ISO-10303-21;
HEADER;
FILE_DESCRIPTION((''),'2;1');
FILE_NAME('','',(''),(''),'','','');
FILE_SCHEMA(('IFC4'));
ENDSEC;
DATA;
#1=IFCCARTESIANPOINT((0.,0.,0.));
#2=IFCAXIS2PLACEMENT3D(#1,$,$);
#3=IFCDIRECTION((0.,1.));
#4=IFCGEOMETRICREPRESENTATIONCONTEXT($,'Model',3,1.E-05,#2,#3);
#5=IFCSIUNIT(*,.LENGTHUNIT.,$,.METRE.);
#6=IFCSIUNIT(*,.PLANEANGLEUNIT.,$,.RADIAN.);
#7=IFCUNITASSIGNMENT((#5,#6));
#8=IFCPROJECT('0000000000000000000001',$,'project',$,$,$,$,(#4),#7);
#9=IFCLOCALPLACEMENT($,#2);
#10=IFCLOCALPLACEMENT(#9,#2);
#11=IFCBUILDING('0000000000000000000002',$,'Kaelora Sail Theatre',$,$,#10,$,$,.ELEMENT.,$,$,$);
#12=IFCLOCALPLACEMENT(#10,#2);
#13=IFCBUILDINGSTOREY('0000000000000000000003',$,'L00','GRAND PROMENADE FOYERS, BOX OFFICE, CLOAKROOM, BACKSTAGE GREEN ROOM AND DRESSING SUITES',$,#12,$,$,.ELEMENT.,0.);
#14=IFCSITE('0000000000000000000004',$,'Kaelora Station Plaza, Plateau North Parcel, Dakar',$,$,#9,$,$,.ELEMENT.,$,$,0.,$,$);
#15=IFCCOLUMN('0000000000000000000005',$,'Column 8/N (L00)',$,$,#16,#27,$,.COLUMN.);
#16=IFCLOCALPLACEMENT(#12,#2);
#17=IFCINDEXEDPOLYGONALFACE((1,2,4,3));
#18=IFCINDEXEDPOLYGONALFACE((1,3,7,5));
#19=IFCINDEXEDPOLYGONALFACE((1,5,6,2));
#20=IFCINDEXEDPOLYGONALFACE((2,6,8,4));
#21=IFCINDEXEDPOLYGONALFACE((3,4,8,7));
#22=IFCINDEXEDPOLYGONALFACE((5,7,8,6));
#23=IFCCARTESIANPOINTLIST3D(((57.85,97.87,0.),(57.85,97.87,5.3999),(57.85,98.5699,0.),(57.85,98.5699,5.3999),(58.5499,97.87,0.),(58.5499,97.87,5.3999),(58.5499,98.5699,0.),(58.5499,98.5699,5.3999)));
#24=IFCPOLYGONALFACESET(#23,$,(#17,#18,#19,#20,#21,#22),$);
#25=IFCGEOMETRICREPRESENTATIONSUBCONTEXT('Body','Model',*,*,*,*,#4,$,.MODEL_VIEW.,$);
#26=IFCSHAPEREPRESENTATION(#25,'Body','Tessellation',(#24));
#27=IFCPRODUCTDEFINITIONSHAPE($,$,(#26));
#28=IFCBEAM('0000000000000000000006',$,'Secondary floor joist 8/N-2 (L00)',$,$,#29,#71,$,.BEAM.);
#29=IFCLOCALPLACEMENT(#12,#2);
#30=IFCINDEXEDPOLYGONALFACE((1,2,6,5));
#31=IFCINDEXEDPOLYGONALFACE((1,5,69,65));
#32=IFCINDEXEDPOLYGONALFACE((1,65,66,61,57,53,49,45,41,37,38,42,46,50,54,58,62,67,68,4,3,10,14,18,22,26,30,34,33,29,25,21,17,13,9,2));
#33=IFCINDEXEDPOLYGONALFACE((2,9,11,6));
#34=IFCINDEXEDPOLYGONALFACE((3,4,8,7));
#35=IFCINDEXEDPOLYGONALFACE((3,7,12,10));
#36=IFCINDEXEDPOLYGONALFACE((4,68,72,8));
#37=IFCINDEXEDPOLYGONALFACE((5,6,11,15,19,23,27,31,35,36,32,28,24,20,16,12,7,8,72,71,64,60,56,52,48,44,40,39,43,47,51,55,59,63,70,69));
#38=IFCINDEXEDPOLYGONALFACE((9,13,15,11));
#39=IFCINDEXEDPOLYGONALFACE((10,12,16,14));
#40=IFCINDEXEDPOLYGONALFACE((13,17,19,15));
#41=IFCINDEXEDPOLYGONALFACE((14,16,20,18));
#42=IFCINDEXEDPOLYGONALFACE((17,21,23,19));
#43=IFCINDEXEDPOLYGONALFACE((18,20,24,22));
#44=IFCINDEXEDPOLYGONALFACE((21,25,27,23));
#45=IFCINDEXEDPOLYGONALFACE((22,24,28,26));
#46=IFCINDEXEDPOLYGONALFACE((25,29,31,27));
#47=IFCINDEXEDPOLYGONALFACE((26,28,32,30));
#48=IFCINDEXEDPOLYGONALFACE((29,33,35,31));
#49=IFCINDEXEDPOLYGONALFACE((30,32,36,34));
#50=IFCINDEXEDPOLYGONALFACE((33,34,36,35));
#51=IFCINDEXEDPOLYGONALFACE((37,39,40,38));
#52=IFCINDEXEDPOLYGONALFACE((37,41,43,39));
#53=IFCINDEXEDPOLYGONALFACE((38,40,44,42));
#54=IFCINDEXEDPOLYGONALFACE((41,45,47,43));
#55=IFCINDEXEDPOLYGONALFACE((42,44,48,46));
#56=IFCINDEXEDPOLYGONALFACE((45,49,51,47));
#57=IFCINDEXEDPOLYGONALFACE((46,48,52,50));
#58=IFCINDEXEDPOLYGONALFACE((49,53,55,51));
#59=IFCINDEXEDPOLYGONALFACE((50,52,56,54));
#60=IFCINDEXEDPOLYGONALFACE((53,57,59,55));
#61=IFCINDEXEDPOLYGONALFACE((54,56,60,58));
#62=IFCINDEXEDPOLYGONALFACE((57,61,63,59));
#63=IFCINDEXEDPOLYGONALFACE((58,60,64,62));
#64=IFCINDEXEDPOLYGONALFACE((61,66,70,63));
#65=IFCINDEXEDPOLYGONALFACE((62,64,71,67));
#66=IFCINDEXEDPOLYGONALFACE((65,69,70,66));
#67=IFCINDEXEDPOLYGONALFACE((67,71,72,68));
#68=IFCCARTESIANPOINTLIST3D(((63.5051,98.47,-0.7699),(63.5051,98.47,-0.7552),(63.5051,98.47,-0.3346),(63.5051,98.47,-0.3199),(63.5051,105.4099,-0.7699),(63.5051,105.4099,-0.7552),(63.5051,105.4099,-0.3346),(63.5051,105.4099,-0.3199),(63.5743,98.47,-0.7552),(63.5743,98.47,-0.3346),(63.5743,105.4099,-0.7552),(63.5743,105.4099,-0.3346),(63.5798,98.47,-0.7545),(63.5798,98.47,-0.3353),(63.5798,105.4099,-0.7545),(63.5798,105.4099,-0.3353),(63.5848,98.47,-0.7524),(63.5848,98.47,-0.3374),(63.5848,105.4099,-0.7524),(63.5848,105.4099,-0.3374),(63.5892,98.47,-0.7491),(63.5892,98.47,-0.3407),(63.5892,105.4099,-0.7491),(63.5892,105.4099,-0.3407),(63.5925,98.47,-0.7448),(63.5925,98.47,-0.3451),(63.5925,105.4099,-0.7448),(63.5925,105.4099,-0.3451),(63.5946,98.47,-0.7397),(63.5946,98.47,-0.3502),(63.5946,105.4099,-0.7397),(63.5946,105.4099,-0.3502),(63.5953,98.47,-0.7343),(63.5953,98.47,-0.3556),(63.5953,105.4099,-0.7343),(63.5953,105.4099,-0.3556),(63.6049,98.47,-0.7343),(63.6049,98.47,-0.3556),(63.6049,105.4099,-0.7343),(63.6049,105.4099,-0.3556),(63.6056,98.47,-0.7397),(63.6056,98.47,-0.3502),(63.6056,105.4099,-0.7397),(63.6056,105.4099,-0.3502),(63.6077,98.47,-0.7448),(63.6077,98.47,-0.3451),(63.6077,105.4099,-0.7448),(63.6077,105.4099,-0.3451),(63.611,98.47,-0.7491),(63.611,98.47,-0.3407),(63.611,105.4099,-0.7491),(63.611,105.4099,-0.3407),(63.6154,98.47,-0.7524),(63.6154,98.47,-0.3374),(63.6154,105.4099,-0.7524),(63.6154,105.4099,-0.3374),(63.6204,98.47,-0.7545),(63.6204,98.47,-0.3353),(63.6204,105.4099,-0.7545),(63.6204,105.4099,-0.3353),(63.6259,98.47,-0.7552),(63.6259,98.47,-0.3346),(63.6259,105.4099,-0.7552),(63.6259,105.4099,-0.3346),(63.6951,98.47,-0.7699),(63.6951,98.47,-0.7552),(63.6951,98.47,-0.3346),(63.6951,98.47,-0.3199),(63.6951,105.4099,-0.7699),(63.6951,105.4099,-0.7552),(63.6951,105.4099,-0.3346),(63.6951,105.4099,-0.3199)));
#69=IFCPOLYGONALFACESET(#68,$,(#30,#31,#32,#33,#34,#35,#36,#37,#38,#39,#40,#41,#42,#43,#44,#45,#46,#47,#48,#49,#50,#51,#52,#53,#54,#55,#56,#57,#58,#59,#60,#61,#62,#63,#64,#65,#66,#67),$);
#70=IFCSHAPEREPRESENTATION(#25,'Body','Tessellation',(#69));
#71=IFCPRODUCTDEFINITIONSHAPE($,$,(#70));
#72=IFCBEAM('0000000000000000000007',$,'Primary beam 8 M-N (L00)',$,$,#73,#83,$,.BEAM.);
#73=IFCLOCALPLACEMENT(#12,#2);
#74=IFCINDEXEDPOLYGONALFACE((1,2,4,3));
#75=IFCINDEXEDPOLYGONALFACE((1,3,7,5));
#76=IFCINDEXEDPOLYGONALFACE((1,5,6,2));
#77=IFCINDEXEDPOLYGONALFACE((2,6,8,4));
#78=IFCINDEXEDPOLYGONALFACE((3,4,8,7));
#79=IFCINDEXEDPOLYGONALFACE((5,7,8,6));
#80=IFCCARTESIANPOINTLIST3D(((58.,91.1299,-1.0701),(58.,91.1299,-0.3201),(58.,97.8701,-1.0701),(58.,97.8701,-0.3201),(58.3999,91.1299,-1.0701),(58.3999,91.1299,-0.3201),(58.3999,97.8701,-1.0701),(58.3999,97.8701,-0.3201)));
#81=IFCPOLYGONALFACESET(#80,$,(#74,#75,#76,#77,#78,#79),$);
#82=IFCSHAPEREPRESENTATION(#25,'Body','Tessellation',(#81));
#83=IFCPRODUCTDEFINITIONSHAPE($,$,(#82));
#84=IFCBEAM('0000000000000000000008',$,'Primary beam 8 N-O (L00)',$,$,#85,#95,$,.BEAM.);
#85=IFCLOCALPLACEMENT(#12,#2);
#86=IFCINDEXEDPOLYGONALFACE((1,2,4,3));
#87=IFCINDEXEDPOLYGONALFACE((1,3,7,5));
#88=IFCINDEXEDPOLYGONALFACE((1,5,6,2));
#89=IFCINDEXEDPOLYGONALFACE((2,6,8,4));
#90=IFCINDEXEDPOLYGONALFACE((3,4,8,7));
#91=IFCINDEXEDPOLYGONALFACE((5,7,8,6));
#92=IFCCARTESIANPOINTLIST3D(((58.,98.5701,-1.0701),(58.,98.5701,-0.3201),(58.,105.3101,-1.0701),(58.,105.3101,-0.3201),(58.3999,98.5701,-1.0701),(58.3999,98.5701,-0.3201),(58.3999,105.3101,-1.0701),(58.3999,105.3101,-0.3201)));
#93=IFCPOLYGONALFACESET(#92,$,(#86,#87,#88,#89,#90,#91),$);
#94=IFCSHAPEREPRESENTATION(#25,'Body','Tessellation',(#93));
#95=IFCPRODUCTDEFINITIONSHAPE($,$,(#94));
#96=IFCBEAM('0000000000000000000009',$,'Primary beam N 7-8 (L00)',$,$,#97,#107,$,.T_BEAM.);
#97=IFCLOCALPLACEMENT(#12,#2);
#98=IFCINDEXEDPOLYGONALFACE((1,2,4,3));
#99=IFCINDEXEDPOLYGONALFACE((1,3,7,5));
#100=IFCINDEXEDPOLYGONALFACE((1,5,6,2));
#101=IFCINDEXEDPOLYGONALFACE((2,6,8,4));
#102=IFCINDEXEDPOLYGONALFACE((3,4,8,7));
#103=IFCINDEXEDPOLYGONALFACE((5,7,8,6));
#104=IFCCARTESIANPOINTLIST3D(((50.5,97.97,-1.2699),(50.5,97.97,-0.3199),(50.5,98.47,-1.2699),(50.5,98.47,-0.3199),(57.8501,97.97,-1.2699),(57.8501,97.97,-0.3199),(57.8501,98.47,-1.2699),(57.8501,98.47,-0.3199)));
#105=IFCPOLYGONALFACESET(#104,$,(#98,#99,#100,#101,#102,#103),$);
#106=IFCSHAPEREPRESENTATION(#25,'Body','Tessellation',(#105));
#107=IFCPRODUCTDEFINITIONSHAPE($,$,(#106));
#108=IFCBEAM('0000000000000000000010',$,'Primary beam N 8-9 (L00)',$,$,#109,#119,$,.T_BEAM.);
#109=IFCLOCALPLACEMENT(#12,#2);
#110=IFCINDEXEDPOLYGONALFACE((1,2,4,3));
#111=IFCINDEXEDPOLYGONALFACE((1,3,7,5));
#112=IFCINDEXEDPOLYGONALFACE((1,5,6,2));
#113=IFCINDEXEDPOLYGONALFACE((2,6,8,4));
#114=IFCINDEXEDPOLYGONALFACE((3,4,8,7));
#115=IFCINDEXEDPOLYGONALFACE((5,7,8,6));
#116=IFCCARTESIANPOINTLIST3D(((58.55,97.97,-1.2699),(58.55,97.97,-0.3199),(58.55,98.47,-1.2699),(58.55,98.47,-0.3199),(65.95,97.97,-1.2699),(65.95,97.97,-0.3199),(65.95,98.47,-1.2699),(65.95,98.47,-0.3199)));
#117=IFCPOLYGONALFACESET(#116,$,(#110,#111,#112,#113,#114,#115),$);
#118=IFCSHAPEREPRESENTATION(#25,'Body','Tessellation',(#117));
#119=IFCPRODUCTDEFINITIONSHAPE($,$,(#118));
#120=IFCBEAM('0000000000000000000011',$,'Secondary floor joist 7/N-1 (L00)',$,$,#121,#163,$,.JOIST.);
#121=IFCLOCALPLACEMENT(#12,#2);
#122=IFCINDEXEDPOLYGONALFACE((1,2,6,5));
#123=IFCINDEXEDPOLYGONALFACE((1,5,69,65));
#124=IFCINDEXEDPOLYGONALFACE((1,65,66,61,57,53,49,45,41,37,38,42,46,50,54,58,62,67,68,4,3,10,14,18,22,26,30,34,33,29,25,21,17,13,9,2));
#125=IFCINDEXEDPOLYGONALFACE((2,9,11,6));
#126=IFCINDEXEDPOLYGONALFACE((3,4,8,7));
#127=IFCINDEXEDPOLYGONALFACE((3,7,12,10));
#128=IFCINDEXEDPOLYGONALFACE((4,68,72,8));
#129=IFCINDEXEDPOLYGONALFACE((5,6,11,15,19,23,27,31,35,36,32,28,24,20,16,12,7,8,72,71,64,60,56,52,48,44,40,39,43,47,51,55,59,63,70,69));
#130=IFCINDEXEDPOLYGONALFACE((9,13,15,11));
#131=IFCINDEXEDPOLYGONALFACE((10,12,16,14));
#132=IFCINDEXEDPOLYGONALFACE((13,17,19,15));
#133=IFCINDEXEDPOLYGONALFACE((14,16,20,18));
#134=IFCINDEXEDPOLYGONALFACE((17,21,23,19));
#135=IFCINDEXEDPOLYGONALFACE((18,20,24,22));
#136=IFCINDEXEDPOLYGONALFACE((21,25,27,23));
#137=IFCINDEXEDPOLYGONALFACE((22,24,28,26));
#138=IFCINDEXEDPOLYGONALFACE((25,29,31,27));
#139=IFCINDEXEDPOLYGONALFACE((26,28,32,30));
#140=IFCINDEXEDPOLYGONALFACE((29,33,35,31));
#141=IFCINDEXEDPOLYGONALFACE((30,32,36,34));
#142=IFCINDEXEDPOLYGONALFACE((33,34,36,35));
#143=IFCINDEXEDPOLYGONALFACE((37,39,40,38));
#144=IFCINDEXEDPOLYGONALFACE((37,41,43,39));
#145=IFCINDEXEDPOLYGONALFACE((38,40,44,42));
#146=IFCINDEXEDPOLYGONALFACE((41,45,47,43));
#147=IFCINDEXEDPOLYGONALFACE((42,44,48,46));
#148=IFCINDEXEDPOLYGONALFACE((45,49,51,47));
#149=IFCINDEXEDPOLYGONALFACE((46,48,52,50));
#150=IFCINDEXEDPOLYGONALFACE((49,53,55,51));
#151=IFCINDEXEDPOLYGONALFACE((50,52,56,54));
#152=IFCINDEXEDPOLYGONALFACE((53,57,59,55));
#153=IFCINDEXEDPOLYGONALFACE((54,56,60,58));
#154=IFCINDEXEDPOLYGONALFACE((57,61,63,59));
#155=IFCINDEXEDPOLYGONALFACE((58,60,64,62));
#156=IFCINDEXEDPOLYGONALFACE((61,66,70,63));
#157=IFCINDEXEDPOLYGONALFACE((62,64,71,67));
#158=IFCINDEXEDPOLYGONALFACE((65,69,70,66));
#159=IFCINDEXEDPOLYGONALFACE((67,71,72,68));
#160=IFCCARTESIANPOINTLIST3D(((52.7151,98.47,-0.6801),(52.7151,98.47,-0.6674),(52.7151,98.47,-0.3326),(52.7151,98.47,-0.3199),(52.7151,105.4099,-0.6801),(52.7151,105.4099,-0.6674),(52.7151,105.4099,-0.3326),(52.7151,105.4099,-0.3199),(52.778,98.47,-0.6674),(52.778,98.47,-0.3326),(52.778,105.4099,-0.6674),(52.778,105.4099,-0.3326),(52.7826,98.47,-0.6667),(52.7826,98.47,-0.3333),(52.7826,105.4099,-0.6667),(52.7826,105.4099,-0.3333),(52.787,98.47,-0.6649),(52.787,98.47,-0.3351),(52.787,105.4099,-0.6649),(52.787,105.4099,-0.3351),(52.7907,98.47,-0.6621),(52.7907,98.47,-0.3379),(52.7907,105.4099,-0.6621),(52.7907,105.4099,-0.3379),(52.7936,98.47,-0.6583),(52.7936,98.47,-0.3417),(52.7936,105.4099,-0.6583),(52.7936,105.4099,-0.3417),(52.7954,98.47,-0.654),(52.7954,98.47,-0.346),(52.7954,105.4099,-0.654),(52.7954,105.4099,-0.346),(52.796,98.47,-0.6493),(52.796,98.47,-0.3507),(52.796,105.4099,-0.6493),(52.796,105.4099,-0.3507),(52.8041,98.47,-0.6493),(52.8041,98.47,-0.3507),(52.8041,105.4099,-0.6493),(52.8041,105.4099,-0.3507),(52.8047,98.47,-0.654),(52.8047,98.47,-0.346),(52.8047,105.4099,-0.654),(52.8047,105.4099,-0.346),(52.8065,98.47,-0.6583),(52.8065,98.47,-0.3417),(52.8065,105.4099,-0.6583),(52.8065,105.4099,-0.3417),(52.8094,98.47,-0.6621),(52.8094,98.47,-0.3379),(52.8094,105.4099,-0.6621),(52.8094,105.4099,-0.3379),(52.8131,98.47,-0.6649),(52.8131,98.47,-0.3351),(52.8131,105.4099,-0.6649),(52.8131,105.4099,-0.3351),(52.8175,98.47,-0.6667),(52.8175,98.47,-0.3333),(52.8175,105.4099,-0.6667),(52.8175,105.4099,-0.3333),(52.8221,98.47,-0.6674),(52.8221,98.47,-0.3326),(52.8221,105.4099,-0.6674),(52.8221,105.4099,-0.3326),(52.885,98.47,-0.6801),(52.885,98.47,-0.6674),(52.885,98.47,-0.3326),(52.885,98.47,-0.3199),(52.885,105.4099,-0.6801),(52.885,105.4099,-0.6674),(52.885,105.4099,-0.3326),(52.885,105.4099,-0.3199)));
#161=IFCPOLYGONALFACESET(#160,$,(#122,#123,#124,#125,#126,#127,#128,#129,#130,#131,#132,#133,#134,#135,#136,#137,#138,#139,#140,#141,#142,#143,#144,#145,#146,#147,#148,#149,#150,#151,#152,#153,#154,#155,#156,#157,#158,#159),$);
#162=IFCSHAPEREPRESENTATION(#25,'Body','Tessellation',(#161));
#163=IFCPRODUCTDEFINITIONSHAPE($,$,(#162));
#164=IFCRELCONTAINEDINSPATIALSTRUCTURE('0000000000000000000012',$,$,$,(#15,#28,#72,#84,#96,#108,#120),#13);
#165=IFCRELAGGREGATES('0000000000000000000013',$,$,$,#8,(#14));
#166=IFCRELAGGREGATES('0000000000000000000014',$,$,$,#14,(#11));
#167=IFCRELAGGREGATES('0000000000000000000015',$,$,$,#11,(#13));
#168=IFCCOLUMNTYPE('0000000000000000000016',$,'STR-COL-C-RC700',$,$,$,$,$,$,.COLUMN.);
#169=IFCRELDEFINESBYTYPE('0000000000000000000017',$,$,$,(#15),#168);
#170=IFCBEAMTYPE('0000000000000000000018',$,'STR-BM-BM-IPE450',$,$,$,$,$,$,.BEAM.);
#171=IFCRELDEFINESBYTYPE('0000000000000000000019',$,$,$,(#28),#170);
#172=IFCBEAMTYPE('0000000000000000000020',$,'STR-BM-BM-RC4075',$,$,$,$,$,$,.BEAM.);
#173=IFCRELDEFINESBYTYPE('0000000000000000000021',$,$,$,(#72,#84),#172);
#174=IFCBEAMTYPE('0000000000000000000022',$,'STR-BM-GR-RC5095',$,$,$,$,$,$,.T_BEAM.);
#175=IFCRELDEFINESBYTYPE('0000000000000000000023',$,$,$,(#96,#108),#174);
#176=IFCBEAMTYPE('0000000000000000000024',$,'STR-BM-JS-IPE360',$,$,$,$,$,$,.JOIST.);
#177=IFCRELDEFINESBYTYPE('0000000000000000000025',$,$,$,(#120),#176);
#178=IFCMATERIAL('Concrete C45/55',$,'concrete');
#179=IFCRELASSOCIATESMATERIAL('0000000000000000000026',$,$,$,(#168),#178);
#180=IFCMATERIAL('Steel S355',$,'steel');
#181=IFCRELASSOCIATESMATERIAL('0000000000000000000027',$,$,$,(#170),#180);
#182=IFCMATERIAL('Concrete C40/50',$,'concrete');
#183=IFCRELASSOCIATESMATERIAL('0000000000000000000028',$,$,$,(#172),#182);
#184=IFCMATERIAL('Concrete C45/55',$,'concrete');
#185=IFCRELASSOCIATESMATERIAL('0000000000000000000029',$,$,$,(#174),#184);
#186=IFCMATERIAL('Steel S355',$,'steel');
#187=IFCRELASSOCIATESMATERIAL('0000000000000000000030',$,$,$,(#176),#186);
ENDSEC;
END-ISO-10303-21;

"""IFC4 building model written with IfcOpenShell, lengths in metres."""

from ifc_helpers import new_model, si_unit, direction, frame, origin, origin_2d, place, context, subcontext, project, spatial, rectangle, i_section, extrude, material, material_profile, profile_set, type_object, element, save


model = new_model("IFC4")

# Units and contexts
model_context = context("Model", 3, precision=1e-05, world=origin(), true_north=direction((0.0, 1.0)))
body_context = subcontext(model_context, "Body", "Model", "MODEL_VIEW")
ifc_project = project(units=[si_unit("LENGTHUNIT", "METRE"), si_unit("PLANEANGLEUNIT", "RADIAN")], contexts=[model_context])

# Site, building, storey
site_placement = place(None, origin())
site = spatial("IfcSite", under=ifc_project, at=site_placement, Name="Kaelora Station Plaza, Plateau North Parcel, Dakar", CompositionType="ELEMENT", RefElevation=0.0)
building_placement = place(site_placement, origin())
building = spatial("IfcBuilding", under=site, at=building_placement, Name="Kaelora Sail Theatre", CompositionType="ELEMENT")
storey_placement = place(building_placement, origin())
storey = spatial("IfcBuildingStorey", under=building, at=storey_placement, Name="L00", Description="GRAND PROMENADE FOYERS, BOX OFFICE, CLOAKROOM, BACKSTAGE GREEN ROOM AND DRESSING SUITES", CompositionType="ELEMENT", Elevation=0.0)

# Column
ifc_material_1 = material(Name="Concrete C45/55", Category="concrete")
ifc_material_profile_1 = material_profile(ifc_material_1, rectangle(XDim=0.7, YDim=0.7, at=origin_2d()), Name="RC-COL 700x700")
ifc_profile_set_1 = profile_set([ifc_material_profile_1], Name="Concrete C45/55")
column_type = type_object("IfcColumnType", Name="STR-COL-C-RC700", PredefinedType="COLUMN", material=ifc_profile_set_1)
column_placement = place(storey_placement, frame((58.2, 98.22, 0.0), z_axis=(0.0, 0.0, 1.0), x_axis=(1.0, 0.0, 0.0)))
element("IfcColumn", 1, at=column_placement, inside=storey, type_object=column_type, Name="Column 8/N (L00)", PredefinedType="COLUMN", context=body_context, shape_type="SweptSolid", body=[
    extrude(rectangle(XDim=0.7, YDim=0.7, at=origin_2d()), origin(), (0.0, 0.0, 1.0), 5.3999),
])

# Beams
ifc_material_2 = material(Name="Steel S355", Category="steel")
ifc_material_profile_2 = material_profile(ifc_material_2, i_section(OverallWidth=0.1899, OverallDepth=0.45, WebThickness=0.0095, FlangeThickness=0.0146, FilletRadius=0.021, at=origin_2d()), Name="IPE 450")
ifc_profile_set_2 = profile_set([ifc_material_profile_2], Name="Steel S355")
beam_type_1 = type_object("IfcBeamType", Name="STR-BM-BM-IPE450", PredefinedType="BEAM", material=ifc_profile_set_2)
beam_1_placement = place(storey_placement, frame((63.6001, 98.47, -0.5449), z_axis=(0.0, 1.0, 0.0), x_axis=(-1.0, 0.0, 0.0)))
element("IfcBeam", 2, at=beam_1_placement, inside=storey, type_object=beam_type_1, Name="Secondary floor joist 8/N-2 (L00)", PredefinedType="BEAM", context=body_context, shape_type="SweptSolid", body=[
    extrude(i_section(OverallWidth=0.1899, OverallDepth=0.45, WebThickness=0.0095, FlangeThickness=0.0146, FilletRadius=0.021, at=origin_2d()), origin(), (0.0, 0.0, 1.0), 6.9399),
])
ifc_material_3 = material(Name="Concrete C40/50", Category="concrete")
ifc_material_profile_3 = material_profile(ifc_material_3, rectangle(XDim=0.3999, YDim=0.75, at=origin_2d()), Name="RC-BM 400x750")
ifc_profile_set_3 = profile_set([ifc_material_profile_3], Name="Concrete C40/50")
beam_type_2 = type_object("IfcBeamType", Name="STR-BM-BM-RC4075", PredefinedType="BEAM", material=ifc_profile_set_3)
beam_2_placement = place(storey_placement, frame((58.2, 91.1299, -0.6951), z_axis=(0.0, 1.0, 0.0), x_axis=(-1.0, 0.0, 0.0)))
element("IfcBeam", 3, at=beam_2_placement, inside=storey, type_object=beam_type_2, Name="Primary beam 8 M-N (L00)", PredefinedType="BEAM", context=body_context, shape_type="SweptSolid", body=[
    extrude(rectangle(XDim=0.3999, YDim=0.75, at=origin_2d()), origin(), (0.0, 0.0, 1.0), 6.7402),
])
beam_3_placement = place(storey_placement, frame((58.2, 98.5701, -0.6951), z_axis=(0.0, 1.0, 0.0), x_axis=(-1.0, 0.0, 0.0)))
element("IfcBeam", 4, at=beam_3_placement, inside=storey, type_object=beam_type_2, Name="Primary beam 8 N-O (L00)", PredefinedType="BEAM", context=body_context, shape_type="SweptSolid", body=[
    extrude(rectangle(XDim=0.3999, YDim=0.75, at=origin_2d()), origin(), (0.0, 0.0, 1.0), 6.74),
])
ifc_material_4 = material(Name="Concrete C45/55", Category="concrete")
ifc_material_profile_4 = material_profile(ifc_material_4, rectangle(XDim=0.5, YDim=0.95, at=origin_2d()), Name="RC-GRD 500x950")
ifc_profile_set_4 = profile_set([ifc_material_profile_4], Name="Concrete C45/55")
beam_type_3 = type_object("IfcBeamType", Name="STR-BM-GR-RC5095", PredefinedType="T_BEAM", material=ifc_profile_set_4)
beam_4_placement = place(storey_placement, frame((50.5, 98.22, -0.7949), z_axis=(1.0, 0.0, 0.0), x_axis=(0.0, 1.0, 0.0)))
element("IfcBeam", 5, at=beam_4_placement, inside=storey, type_object=beam_type_3, Name="Primary beam N 7-8 (L00)", PredefinedType="T_BEAM", context=body_context, shape_type="SweptSolid", body=[
    extrude(rectangle(XDim=0.5, YDim=0.95, at=origin_2d()), origin(), (0.0, 0.0, 1.0), 7.3501),
])
beam_5_placement = place(storey_placement, frame((58.55, 98.22, -0.7949), z_axis=(1.0, 0.0, 0.0), x_axis=(0.0, 1.0, 0.0)))
element("IfcBeam", 6, at=beam_5_placement, inside=storey, type_object=beam_type_3, Name="Primary beam N 8-9 (L00)", PredefinedType="T_BEAM", context=body_context, shape_type="SweptSolid", body=[
    extrude(rectangle(XDim=0.5, YDim=0.95, at=origin_2d()), origin(), (0.0, 0.0, 1.0), 7.3999),
])
ifc_material_5 = material(Name="Steel S355", Category="steel")
ifc_material_profile_5 = material_profile(ifc_material_5, i_section(OverallWidth=0.1699, OverallDepth=0.3601, WebThickness=0.0081, FlangeThickness=0.0127, FilletRadius=0.0181, at=origin_2d()), Name="IPE 360")
ifc_profile_set_5 = profile_set([ifc_material_profile_5], Name="Steel S355")
beam_type_4 = type_object("IfcBeamType", Name="STR-BM-JS-IPE360", PredefinedType="JOIST", material=ifc_profile_set_5)
for number, where, z_axis, x_axis, name in (
    (7, (52.8, 98.47, -0.5), (0.0, 1.0, 0.0), (-1.0, 0.0, 0.0), "Secondary floor joist 7/N-1 (L00)"),
):
    element("IfcBeam", number, at=place(storey_placement, frame(where, z_axis=z_axis, x_axis=x_axis)), inside=storey, type_object=beam_type_4, Name=name, PredefinedType="JOIST", context=body_context, shape_type="SweptSolid", body=[
        extrude(i_section(OverallWidth=0.1699, OverallDepth=0.3601, WebThickness=0.0081, FlangeThickness=0.0127, FilletRadius=0.0181, at=origin_2d()), origin(), (0.0, 0.0, 1.0), 6.9399),
    ])

save(model, "model.ifc")
